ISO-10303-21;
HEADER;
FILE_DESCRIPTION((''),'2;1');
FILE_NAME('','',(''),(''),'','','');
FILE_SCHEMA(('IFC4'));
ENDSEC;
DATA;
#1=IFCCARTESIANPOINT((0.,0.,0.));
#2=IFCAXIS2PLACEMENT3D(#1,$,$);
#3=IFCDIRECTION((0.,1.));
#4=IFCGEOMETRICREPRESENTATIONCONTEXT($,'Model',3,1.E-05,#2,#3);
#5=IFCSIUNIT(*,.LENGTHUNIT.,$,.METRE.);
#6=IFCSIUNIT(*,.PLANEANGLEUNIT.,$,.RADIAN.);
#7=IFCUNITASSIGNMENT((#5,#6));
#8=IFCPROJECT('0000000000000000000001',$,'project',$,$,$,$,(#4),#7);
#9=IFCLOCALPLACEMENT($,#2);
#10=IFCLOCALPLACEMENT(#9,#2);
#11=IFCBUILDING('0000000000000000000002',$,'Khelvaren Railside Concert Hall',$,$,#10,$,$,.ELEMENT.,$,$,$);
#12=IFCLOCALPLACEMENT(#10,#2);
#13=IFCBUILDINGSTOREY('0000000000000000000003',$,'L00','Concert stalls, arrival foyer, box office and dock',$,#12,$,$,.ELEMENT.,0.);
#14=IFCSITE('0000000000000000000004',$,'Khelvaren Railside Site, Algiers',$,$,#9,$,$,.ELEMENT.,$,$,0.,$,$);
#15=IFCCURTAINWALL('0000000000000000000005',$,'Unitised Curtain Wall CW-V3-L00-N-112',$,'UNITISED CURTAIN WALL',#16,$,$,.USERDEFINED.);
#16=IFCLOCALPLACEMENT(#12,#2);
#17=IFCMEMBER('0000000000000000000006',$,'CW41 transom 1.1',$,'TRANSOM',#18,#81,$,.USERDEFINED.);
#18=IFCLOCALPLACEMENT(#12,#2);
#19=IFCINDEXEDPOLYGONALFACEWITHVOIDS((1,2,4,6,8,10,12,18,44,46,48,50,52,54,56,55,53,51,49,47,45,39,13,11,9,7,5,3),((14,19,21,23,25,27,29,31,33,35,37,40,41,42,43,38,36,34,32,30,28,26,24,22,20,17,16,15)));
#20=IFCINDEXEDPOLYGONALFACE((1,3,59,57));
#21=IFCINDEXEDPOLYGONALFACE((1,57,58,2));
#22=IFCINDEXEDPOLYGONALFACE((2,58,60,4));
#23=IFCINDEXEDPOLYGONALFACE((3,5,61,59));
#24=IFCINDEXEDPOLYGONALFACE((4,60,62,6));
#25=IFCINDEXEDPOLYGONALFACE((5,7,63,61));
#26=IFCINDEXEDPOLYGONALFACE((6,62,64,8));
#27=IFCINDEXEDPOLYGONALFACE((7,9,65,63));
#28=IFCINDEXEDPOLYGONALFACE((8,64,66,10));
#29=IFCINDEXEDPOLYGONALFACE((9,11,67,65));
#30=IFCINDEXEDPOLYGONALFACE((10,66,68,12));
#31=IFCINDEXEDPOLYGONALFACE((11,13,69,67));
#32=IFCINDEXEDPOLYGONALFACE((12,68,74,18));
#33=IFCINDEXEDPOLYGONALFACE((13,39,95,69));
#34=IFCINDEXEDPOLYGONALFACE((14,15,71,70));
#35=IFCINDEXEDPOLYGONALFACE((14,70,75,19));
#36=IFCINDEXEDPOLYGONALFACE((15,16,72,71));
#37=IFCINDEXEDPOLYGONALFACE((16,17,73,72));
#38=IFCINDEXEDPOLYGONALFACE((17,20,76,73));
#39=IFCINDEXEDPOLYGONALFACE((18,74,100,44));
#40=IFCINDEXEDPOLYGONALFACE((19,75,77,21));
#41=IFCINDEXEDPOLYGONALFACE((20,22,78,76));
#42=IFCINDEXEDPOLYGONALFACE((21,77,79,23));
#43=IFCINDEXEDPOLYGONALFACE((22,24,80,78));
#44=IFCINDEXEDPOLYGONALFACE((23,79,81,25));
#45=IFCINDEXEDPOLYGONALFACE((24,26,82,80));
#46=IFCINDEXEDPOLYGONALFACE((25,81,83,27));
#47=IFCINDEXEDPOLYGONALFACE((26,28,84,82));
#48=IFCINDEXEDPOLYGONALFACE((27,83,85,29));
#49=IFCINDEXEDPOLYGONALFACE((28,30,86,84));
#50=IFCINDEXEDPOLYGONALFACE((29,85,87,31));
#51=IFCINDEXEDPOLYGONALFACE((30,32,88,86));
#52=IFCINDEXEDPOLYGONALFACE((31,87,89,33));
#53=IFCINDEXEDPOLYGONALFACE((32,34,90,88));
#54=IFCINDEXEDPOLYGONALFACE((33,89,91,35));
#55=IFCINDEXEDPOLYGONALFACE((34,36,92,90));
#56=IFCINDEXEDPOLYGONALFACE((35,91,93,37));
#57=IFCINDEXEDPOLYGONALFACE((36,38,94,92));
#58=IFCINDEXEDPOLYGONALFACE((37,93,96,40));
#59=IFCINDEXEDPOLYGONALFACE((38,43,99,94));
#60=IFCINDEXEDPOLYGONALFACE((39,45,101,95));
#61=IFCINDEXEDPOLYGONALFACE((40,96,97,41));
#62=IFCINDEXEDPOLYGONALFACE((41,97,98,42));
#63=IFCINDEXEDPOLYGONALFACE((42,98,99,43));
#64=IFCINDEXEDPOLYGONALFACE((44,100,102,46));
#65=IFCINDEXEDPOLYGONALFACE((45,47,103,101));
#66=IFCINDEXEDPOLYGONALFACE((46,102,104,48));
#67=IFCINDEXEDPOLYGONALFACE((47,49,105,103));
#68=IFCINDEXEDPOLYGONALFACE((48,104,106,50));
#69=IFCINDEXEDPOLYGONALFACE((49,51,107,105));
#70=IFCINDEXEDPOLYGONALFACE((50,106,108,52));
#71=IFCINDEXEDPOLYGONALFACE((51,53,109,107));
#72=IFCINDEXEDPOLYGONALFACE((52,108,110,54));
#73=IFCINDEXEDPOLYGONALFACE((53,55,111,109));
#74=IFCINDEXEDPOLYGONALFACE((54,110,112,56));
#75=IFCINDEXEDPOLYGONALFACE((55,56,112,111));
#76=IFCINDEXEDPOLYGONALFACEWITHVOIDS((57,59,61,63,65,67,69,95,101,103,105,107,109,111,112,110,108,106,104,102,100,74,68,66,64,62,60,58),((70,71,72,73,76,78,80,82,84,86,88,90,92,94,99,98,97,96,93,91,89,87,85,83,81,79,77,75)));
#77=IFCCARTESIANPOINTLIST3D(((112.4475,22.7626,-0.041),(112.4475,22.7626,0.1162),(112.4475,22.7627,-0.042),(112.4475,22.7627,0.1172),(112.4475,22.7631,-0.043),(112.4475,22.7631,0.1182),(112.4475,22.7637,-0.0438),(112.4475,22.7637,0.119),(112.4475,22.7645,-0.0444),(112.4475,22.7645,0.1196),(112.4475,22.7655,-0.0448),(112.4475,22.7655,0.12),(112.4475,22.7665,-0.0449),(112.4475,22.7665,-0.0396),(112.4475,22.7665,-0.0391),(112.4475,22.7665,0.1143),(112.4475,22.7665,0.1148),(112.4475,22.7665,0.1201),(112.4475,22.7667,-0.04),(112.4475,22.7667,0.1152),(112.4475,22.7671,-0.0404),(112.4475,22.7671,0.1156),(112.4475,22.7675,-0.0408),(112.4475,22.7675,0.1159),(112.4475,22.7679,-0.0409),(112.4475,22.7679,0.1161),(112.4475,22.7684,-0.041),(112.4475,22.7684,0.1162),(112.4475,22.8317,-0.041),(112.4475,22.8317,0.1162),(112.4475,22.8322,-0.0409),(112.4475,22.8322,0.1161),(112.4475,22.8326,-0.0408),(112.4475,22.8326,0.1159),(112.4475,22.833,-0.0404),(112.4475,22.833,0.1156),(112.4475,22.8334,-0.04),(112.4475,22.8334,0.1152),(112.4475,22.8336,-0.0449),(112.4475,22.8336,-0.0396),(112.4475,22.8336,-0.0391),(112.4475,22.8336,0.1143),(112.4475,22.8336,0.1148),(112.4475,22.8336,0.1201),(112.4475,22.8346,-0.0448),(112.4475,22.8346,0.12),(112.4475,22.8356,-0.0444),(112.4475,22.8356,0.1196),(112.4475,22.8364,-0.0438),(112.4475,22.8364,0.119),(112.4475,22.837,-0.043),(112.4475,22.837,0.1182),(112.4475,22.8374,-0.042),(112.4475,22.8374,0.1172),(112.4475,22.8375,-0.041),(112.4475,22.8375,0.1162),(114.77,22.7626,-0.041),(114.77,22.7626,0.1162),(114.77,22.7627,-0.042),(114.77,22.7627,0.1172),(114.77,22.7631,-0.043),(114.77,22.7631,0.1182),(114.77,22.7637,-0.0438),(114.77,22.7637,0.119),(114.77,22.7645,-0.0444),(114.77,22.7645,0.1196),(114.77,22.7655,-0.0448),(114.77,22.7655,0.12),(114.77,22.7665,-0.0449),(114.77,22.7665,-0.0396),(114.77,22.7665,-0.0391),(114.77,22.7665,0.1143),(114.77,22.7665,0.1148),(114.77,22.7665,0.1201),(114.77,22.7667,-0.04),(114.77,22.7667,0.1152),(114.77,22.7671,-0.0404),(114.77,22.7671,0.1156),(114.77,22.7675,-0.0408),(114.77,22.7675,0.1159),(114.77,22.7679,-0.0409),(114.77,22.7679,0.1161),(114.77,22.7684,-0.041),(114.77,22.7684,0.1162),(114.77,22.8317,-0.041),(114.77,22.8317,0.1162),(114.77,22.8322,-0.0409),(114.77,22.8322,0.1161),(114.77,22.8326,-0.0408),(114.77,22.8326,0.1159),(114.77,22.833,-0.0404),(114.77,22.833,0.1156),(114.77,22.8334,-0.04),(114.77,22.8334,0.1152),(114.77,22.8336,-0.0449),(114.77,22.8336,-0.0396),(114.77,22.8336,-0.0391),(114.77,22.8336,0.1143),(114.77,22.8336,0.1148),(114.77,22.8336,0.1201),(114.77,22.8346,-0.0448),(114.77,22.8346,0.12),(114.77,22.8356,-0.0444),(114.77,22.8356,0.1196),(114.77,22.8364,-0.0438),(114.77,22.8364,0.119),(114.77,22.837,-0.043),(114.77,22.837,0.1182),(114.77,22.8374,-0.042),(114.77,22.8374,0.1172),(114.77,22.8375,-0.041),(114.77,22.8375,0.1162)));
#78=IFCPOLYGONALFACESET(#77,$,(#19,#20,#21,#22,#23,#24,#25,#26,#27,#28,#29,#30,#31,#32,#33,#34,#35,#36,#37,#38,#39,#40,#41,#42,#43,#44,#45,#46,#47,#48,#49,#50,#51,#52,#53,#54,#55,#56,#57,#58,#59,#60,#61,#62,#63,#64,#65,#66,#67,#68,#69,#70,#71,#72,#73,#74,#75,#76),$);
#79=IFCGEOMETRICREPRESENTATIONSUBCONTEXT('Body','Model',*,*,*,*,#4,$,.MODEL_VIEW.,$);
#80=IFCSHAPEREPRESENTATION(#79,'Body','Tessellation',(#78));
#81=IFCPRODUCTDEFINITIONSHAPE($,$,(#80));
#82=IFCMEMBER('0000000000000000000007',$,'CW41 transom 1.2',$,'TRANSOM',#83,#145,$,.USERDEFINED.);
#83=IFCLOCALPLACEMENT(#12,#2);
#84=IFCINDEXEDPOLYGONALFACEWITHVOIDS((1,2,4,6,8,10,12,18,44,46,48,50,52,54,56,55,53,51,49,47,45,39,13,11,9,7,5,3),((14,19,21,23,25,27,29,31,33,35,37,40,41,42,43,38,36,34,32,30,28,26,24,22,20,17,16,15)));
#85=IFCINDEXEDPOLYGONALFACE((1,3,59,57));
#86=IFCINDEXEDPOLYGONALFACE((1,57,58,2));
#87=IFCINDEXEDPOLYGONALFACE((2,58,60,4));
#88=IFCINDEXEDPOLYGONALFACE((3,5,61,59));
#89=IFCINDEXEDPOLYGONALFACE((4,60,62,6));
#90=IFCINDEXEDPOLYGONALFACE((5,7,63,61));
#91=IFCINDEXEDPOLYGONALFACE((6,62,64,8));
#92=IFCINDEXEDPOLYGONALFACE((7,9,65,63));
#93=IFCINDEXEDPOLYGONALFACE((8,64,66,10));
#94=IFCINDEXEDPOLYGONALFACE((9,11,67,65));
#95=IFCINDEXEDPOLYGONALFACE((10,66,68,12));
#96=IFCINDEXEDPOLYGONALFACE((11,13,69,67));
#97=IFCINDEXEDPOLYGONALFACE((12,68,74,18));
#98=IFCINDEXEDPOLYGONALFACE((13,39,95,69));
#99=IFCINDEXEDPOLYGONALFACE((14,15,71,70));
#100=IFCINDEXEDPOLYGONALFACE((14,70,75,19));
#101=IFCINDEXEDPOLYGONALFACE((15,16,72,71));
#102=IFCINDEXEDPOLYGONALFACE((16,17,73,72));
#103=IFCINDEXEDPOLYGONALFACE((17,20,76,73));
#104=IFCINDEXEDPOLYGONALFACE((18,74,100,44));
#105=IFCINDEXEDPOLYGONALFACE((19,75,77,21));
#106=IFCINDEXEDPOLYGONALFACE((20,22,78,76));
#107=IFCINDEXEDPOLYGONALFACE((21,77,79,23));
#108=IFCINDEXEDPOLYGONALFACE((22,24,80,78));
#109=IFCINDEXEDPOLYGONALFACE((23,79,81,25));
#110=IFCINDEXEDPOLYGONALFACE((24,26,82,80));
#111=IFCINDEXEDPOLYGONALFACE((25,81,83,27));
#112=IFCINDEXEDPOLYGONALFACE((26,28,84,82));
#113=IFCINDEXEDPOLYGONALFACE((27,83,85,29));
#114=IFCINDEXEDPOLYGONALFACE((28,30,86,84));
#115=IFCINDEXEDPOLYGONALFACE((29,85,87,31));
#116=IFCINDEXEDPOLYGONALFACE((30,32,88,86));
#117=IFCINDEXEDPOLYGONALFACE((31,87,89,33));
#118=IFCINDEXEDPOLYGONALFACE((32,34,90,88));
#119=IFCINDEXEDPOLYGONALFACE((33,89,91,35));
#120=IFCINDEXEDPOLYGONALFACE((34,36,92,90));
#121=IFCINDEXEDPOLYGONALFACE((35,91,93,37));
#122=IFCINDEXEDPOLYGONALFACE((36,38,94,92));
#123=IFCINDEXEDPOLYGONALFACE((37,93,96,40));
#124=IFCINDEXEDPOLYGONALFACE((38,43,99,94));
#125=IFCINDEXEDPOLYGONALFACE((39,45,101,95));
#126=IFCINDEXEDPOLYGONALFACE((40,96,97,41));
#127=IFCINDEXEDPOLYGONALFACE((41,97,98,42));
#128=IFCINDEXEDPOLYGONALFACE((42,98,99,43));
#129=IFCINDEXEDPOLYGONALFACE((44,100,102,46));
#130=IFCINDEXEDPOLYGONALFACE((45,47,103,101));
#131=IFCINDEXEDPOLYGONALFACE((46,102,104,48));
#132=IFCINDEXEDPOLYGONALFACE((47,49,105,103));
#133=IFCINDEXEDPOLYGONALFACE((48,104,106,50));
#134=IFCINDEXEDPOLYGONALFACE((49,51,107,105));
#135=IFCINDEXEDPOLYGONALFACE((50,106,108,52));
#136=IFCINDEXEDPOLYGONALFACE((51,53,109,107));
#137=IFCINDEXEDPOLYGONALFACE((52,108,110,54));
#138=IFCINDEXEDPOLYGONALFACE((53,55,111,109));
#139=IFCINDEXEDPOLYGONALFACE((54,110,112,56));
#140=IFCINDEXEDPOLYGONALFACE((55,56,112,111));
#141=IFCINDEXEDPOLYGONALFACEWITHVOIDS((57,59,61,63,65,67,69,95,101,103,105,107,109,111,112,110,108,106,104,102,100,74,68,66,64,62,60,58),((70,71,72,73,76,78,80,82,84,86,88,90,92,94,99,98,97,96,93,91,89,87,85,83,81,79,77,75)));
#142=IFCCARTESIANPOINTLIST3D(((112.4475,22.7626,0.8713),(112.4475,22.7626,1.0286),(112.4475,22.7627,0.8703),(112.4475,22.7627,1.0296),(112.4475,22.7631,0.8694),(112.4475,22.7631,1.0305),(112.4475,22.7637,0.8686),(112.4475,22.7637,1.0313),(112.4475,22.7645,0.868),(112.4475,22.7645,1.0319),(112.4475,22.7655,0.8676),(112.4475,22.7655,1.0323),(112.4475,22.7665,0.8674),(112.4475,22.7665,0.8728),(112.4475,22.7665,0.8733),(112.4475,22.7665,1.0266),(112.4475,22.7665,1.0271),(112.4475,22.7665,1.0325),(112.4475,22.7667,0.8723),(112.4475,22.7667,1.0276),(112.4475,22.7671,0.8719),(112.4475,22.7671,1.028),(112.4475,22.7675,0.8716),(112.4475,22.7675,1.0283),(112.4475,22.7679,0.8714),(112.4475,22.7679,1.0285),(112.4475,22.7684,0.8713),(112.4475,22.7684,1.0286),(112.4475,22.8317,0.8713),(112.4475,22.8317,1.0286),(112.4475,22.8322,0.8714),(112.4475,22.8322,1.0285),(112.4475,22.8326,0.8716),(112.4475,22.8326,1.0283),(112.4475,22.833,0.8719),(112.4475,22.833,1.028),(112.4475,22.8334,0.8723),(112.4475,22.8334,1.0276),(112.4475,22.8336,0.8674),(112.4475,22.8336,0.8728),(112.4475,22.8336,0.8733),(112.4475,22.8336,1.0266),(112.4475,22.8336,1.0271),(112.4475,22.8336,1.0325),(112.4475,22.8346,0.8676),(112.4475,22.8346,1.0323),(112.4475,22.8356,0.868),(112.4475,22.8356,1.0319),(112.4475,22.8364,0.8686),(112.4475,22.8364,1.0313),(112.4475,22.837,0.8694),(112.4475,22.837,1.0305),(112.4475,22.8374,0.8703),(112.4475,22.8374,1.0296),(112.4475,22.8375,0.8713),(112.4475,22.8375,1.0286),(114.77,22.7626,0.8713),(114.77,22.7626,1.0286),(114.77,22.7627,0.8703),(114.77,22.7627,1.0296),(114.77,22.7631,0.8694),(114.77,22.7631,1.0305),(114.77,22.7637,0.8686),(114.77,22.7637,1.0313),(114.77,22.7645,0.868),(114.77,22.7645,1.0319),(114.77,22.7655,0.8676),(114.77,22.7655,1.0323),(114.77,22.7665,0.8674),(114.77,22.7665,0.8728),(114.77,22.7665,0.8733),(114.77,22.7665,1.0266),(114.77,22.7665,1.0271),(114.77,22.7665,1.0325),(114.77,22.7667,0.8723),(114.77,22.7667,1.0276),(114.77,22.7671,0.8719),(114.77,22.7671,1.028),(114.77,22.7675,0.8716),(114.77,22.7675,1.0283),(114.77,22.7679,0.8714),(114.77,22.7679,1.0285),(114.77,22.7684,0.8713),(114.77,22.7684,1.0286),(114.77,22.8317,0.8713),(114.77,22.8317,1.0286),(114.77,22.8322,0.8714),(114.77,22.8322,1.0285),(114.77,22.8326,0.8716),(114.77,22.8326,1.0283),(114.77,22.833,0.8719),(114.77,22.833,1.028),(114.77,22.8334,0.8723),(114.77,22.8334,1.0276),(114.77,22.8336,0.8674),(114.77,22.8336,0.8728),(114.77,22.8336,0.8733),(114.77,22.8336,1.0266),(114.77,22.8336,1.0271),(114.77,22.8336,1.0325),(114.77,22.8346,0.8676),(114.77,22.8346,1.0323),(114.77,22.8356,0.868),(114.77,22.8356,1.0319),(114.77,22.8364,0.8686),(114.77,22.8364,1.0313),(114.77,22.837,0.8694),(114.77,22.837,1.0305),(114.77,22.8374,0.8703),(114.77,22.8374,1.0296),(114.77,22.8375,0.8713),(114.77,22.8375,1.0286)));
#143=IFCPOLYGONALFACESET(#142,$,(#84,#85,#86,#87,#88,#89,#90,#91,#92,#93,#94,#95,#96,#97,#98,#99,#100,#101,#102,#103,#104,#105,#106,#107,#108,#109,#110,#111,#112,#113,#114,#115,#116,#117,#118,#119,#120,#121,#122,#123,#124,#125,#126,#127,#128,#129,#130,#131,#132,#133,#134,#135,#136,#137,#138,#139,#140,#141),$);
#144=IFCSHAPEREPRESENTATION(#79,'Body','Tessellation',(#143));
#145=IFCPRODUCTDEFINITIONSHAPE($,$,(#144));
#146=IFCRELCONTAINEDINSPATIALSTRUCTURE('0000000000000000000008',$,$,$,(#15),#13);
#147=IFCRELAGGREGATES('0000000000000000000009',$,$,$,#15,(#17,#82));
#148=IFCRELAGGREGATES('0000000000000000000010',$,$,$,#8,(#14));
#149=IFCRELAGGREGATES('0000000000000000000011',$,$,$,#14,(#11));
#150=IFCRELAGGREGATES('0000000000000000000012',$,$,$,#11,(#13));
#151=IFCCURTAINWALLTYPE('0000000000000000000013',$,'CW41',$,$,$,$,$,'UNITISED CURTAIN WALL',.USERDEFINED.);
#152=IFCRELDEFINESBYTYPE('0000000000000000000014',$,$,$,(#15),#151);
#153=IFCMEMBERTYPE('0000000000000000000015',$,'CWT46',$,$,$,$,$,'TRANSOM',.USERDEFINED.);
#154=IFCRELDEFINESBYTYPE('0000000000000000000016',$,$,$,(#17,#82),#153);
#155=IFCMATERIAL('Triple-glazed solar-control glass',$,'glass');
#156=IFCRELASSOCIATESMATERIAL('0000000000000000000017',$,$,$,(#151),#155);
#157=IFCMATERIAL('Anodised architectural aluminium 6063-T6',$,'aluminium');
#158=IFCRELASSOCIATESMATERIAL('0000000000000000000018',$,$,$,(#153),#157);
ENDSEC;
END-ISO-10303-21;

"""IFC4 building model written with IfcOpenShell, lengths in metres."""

from ifc_helpers import new_model, si_unit, direction, frame, origin, origin_2d, place, context, subcontext, project, spatial, hollow_rectangle, extrude, material, material_profile, profile_set, type_object, element, aggregate, save


model = new_model("IFC4")

# Units and contexts
model_context = context("Model", 3, precision=1e-05, world=origin(), true_north=direction((0.0, 1.0)))
body_context = subcontext(model_context, "Body", "Model", "MODEL_VIEW")
ifc_project = project(units=[si_unit("LENGTHUNIT", "METRE"), si_unit("PLANEANGLEUNIT", "RADIAN")], contexts=[model_context])

# Site, building, storey
site_placement = place(None, origin())
site = spatial("IfcSite", under=ifc_project, at=site_placement, Name="Khelvaren Railside Site, Algiers", CompositionType="ELEMENT", RefElevation=0.0)
building_placement = place(site_placement, origin())
building = spatial("IfcBuilding", under=site, at=building_placement, Name="Khelvaren Railside Concert Hall", CompositionType="ELEMENT")
storey_placement = place(building_placement, origin())
storey = spatial("IfcBuildingStorey", under=building, at=storey_placement, Name="L00", Description="Concert stalls, arrival foyer, box office and dock", CompositionType="ELEMENT", Elevation=0.0)

# Curtain wall, members
ifc_material_1 = material(Name="Triple-glazed solar-control glass", Category="glass")
curtain_wall_type = type_object("IfcCurtainWallType", Name="CW41", ElementType="UNITISED CURTAIN WALL", PredefinedType="USERDEFINED", material=ifc_material_1)
curtain_wall_placement = place(storey_placement, origin())
curtain_wall = element("IfcCurtainWall", 1, at=curtain_wall_placement, inside=storey, type_object=curtain_wall_type, Name="Unitised Curtain Wall CW-V3-L00-N-112", ObjectType="UNITISED CURTAIN WALL", PredefinedType="USERDEFINED")
ifc_material_2 = material(Name="Anodised architectural aluminium 6063-T6", Category="aluminium")
ifc_material_profile_1 = material_profile(ifc_material_2, hollow_rectangle(XDim=0.075, YDim=0.165, WallThickness=0.0039, InnerFilletRadius=0.002, OuterFilletRadius=0.0039, at=origin_2d()), Name="CWT 75x165x4")
ifc_profile_set_1 = profile_set([ifc_material_profile_1], Name="Anodised architectural aluminium 6063-T6")
member_type_1 = type_object("IfcMemberType", Name="CWT46", ElementType="TRANSOM", PredefinedType="USERDEFINED", material=ifc_profile_set_1)
member_1_placement = place(storey_placement, frame((112.4475, 22.8, 0.0376), z_axis=(1.0, 0.0, 0.0), x_axis=(0.0, 1.0, 0.0)))
member_1 = element("IfcMember", 2, at=member_1_placement, type_object=member_type_1, Name="CW41 transom 1.1", ObjectType="TRANSOM", PredefinedType="USERDEFINED", context=body_context, shape_type="SweptSolid", body=[
    extrude(hollow_rectangle(XDim=0.075, YDim=0.165, WallThickness=0.0039, InnerFilletRadius=0.002, OuterFilletRadius=0.0039, at=origin_2d()), origin(), (0.0, 0.0, 1.0), 2.3225),
])
member_2_placement = place(storey_placement, frame((112.4475, 22.8, 0.95), z_axis=(1.0, 0.0, 0.0), x_axis=(0.0, 1.0, 0.0)))
member_2 = element("IfcMember", 3, at=member_2_placement, type_object=member_type_1, Name="CW41 transom 1.2", ObjectType="TRANSOM", PredefinedType="USERDEFINED", context=body_context, shape_type="SweptSolid", body=[
    extrude(hollow_rectangle(XDim=0.075, YDim=0.165, WallThickness=0.0039, InnerFilletRadius=0.002, OuterFilletRadius=0.0039, at=origin_2d()), origin(), (0.0, 0.0, 1.0), 2.3225),
])

aggregate(curtain_wall, [member_1, member_2])

save(model, "model.ifc")
